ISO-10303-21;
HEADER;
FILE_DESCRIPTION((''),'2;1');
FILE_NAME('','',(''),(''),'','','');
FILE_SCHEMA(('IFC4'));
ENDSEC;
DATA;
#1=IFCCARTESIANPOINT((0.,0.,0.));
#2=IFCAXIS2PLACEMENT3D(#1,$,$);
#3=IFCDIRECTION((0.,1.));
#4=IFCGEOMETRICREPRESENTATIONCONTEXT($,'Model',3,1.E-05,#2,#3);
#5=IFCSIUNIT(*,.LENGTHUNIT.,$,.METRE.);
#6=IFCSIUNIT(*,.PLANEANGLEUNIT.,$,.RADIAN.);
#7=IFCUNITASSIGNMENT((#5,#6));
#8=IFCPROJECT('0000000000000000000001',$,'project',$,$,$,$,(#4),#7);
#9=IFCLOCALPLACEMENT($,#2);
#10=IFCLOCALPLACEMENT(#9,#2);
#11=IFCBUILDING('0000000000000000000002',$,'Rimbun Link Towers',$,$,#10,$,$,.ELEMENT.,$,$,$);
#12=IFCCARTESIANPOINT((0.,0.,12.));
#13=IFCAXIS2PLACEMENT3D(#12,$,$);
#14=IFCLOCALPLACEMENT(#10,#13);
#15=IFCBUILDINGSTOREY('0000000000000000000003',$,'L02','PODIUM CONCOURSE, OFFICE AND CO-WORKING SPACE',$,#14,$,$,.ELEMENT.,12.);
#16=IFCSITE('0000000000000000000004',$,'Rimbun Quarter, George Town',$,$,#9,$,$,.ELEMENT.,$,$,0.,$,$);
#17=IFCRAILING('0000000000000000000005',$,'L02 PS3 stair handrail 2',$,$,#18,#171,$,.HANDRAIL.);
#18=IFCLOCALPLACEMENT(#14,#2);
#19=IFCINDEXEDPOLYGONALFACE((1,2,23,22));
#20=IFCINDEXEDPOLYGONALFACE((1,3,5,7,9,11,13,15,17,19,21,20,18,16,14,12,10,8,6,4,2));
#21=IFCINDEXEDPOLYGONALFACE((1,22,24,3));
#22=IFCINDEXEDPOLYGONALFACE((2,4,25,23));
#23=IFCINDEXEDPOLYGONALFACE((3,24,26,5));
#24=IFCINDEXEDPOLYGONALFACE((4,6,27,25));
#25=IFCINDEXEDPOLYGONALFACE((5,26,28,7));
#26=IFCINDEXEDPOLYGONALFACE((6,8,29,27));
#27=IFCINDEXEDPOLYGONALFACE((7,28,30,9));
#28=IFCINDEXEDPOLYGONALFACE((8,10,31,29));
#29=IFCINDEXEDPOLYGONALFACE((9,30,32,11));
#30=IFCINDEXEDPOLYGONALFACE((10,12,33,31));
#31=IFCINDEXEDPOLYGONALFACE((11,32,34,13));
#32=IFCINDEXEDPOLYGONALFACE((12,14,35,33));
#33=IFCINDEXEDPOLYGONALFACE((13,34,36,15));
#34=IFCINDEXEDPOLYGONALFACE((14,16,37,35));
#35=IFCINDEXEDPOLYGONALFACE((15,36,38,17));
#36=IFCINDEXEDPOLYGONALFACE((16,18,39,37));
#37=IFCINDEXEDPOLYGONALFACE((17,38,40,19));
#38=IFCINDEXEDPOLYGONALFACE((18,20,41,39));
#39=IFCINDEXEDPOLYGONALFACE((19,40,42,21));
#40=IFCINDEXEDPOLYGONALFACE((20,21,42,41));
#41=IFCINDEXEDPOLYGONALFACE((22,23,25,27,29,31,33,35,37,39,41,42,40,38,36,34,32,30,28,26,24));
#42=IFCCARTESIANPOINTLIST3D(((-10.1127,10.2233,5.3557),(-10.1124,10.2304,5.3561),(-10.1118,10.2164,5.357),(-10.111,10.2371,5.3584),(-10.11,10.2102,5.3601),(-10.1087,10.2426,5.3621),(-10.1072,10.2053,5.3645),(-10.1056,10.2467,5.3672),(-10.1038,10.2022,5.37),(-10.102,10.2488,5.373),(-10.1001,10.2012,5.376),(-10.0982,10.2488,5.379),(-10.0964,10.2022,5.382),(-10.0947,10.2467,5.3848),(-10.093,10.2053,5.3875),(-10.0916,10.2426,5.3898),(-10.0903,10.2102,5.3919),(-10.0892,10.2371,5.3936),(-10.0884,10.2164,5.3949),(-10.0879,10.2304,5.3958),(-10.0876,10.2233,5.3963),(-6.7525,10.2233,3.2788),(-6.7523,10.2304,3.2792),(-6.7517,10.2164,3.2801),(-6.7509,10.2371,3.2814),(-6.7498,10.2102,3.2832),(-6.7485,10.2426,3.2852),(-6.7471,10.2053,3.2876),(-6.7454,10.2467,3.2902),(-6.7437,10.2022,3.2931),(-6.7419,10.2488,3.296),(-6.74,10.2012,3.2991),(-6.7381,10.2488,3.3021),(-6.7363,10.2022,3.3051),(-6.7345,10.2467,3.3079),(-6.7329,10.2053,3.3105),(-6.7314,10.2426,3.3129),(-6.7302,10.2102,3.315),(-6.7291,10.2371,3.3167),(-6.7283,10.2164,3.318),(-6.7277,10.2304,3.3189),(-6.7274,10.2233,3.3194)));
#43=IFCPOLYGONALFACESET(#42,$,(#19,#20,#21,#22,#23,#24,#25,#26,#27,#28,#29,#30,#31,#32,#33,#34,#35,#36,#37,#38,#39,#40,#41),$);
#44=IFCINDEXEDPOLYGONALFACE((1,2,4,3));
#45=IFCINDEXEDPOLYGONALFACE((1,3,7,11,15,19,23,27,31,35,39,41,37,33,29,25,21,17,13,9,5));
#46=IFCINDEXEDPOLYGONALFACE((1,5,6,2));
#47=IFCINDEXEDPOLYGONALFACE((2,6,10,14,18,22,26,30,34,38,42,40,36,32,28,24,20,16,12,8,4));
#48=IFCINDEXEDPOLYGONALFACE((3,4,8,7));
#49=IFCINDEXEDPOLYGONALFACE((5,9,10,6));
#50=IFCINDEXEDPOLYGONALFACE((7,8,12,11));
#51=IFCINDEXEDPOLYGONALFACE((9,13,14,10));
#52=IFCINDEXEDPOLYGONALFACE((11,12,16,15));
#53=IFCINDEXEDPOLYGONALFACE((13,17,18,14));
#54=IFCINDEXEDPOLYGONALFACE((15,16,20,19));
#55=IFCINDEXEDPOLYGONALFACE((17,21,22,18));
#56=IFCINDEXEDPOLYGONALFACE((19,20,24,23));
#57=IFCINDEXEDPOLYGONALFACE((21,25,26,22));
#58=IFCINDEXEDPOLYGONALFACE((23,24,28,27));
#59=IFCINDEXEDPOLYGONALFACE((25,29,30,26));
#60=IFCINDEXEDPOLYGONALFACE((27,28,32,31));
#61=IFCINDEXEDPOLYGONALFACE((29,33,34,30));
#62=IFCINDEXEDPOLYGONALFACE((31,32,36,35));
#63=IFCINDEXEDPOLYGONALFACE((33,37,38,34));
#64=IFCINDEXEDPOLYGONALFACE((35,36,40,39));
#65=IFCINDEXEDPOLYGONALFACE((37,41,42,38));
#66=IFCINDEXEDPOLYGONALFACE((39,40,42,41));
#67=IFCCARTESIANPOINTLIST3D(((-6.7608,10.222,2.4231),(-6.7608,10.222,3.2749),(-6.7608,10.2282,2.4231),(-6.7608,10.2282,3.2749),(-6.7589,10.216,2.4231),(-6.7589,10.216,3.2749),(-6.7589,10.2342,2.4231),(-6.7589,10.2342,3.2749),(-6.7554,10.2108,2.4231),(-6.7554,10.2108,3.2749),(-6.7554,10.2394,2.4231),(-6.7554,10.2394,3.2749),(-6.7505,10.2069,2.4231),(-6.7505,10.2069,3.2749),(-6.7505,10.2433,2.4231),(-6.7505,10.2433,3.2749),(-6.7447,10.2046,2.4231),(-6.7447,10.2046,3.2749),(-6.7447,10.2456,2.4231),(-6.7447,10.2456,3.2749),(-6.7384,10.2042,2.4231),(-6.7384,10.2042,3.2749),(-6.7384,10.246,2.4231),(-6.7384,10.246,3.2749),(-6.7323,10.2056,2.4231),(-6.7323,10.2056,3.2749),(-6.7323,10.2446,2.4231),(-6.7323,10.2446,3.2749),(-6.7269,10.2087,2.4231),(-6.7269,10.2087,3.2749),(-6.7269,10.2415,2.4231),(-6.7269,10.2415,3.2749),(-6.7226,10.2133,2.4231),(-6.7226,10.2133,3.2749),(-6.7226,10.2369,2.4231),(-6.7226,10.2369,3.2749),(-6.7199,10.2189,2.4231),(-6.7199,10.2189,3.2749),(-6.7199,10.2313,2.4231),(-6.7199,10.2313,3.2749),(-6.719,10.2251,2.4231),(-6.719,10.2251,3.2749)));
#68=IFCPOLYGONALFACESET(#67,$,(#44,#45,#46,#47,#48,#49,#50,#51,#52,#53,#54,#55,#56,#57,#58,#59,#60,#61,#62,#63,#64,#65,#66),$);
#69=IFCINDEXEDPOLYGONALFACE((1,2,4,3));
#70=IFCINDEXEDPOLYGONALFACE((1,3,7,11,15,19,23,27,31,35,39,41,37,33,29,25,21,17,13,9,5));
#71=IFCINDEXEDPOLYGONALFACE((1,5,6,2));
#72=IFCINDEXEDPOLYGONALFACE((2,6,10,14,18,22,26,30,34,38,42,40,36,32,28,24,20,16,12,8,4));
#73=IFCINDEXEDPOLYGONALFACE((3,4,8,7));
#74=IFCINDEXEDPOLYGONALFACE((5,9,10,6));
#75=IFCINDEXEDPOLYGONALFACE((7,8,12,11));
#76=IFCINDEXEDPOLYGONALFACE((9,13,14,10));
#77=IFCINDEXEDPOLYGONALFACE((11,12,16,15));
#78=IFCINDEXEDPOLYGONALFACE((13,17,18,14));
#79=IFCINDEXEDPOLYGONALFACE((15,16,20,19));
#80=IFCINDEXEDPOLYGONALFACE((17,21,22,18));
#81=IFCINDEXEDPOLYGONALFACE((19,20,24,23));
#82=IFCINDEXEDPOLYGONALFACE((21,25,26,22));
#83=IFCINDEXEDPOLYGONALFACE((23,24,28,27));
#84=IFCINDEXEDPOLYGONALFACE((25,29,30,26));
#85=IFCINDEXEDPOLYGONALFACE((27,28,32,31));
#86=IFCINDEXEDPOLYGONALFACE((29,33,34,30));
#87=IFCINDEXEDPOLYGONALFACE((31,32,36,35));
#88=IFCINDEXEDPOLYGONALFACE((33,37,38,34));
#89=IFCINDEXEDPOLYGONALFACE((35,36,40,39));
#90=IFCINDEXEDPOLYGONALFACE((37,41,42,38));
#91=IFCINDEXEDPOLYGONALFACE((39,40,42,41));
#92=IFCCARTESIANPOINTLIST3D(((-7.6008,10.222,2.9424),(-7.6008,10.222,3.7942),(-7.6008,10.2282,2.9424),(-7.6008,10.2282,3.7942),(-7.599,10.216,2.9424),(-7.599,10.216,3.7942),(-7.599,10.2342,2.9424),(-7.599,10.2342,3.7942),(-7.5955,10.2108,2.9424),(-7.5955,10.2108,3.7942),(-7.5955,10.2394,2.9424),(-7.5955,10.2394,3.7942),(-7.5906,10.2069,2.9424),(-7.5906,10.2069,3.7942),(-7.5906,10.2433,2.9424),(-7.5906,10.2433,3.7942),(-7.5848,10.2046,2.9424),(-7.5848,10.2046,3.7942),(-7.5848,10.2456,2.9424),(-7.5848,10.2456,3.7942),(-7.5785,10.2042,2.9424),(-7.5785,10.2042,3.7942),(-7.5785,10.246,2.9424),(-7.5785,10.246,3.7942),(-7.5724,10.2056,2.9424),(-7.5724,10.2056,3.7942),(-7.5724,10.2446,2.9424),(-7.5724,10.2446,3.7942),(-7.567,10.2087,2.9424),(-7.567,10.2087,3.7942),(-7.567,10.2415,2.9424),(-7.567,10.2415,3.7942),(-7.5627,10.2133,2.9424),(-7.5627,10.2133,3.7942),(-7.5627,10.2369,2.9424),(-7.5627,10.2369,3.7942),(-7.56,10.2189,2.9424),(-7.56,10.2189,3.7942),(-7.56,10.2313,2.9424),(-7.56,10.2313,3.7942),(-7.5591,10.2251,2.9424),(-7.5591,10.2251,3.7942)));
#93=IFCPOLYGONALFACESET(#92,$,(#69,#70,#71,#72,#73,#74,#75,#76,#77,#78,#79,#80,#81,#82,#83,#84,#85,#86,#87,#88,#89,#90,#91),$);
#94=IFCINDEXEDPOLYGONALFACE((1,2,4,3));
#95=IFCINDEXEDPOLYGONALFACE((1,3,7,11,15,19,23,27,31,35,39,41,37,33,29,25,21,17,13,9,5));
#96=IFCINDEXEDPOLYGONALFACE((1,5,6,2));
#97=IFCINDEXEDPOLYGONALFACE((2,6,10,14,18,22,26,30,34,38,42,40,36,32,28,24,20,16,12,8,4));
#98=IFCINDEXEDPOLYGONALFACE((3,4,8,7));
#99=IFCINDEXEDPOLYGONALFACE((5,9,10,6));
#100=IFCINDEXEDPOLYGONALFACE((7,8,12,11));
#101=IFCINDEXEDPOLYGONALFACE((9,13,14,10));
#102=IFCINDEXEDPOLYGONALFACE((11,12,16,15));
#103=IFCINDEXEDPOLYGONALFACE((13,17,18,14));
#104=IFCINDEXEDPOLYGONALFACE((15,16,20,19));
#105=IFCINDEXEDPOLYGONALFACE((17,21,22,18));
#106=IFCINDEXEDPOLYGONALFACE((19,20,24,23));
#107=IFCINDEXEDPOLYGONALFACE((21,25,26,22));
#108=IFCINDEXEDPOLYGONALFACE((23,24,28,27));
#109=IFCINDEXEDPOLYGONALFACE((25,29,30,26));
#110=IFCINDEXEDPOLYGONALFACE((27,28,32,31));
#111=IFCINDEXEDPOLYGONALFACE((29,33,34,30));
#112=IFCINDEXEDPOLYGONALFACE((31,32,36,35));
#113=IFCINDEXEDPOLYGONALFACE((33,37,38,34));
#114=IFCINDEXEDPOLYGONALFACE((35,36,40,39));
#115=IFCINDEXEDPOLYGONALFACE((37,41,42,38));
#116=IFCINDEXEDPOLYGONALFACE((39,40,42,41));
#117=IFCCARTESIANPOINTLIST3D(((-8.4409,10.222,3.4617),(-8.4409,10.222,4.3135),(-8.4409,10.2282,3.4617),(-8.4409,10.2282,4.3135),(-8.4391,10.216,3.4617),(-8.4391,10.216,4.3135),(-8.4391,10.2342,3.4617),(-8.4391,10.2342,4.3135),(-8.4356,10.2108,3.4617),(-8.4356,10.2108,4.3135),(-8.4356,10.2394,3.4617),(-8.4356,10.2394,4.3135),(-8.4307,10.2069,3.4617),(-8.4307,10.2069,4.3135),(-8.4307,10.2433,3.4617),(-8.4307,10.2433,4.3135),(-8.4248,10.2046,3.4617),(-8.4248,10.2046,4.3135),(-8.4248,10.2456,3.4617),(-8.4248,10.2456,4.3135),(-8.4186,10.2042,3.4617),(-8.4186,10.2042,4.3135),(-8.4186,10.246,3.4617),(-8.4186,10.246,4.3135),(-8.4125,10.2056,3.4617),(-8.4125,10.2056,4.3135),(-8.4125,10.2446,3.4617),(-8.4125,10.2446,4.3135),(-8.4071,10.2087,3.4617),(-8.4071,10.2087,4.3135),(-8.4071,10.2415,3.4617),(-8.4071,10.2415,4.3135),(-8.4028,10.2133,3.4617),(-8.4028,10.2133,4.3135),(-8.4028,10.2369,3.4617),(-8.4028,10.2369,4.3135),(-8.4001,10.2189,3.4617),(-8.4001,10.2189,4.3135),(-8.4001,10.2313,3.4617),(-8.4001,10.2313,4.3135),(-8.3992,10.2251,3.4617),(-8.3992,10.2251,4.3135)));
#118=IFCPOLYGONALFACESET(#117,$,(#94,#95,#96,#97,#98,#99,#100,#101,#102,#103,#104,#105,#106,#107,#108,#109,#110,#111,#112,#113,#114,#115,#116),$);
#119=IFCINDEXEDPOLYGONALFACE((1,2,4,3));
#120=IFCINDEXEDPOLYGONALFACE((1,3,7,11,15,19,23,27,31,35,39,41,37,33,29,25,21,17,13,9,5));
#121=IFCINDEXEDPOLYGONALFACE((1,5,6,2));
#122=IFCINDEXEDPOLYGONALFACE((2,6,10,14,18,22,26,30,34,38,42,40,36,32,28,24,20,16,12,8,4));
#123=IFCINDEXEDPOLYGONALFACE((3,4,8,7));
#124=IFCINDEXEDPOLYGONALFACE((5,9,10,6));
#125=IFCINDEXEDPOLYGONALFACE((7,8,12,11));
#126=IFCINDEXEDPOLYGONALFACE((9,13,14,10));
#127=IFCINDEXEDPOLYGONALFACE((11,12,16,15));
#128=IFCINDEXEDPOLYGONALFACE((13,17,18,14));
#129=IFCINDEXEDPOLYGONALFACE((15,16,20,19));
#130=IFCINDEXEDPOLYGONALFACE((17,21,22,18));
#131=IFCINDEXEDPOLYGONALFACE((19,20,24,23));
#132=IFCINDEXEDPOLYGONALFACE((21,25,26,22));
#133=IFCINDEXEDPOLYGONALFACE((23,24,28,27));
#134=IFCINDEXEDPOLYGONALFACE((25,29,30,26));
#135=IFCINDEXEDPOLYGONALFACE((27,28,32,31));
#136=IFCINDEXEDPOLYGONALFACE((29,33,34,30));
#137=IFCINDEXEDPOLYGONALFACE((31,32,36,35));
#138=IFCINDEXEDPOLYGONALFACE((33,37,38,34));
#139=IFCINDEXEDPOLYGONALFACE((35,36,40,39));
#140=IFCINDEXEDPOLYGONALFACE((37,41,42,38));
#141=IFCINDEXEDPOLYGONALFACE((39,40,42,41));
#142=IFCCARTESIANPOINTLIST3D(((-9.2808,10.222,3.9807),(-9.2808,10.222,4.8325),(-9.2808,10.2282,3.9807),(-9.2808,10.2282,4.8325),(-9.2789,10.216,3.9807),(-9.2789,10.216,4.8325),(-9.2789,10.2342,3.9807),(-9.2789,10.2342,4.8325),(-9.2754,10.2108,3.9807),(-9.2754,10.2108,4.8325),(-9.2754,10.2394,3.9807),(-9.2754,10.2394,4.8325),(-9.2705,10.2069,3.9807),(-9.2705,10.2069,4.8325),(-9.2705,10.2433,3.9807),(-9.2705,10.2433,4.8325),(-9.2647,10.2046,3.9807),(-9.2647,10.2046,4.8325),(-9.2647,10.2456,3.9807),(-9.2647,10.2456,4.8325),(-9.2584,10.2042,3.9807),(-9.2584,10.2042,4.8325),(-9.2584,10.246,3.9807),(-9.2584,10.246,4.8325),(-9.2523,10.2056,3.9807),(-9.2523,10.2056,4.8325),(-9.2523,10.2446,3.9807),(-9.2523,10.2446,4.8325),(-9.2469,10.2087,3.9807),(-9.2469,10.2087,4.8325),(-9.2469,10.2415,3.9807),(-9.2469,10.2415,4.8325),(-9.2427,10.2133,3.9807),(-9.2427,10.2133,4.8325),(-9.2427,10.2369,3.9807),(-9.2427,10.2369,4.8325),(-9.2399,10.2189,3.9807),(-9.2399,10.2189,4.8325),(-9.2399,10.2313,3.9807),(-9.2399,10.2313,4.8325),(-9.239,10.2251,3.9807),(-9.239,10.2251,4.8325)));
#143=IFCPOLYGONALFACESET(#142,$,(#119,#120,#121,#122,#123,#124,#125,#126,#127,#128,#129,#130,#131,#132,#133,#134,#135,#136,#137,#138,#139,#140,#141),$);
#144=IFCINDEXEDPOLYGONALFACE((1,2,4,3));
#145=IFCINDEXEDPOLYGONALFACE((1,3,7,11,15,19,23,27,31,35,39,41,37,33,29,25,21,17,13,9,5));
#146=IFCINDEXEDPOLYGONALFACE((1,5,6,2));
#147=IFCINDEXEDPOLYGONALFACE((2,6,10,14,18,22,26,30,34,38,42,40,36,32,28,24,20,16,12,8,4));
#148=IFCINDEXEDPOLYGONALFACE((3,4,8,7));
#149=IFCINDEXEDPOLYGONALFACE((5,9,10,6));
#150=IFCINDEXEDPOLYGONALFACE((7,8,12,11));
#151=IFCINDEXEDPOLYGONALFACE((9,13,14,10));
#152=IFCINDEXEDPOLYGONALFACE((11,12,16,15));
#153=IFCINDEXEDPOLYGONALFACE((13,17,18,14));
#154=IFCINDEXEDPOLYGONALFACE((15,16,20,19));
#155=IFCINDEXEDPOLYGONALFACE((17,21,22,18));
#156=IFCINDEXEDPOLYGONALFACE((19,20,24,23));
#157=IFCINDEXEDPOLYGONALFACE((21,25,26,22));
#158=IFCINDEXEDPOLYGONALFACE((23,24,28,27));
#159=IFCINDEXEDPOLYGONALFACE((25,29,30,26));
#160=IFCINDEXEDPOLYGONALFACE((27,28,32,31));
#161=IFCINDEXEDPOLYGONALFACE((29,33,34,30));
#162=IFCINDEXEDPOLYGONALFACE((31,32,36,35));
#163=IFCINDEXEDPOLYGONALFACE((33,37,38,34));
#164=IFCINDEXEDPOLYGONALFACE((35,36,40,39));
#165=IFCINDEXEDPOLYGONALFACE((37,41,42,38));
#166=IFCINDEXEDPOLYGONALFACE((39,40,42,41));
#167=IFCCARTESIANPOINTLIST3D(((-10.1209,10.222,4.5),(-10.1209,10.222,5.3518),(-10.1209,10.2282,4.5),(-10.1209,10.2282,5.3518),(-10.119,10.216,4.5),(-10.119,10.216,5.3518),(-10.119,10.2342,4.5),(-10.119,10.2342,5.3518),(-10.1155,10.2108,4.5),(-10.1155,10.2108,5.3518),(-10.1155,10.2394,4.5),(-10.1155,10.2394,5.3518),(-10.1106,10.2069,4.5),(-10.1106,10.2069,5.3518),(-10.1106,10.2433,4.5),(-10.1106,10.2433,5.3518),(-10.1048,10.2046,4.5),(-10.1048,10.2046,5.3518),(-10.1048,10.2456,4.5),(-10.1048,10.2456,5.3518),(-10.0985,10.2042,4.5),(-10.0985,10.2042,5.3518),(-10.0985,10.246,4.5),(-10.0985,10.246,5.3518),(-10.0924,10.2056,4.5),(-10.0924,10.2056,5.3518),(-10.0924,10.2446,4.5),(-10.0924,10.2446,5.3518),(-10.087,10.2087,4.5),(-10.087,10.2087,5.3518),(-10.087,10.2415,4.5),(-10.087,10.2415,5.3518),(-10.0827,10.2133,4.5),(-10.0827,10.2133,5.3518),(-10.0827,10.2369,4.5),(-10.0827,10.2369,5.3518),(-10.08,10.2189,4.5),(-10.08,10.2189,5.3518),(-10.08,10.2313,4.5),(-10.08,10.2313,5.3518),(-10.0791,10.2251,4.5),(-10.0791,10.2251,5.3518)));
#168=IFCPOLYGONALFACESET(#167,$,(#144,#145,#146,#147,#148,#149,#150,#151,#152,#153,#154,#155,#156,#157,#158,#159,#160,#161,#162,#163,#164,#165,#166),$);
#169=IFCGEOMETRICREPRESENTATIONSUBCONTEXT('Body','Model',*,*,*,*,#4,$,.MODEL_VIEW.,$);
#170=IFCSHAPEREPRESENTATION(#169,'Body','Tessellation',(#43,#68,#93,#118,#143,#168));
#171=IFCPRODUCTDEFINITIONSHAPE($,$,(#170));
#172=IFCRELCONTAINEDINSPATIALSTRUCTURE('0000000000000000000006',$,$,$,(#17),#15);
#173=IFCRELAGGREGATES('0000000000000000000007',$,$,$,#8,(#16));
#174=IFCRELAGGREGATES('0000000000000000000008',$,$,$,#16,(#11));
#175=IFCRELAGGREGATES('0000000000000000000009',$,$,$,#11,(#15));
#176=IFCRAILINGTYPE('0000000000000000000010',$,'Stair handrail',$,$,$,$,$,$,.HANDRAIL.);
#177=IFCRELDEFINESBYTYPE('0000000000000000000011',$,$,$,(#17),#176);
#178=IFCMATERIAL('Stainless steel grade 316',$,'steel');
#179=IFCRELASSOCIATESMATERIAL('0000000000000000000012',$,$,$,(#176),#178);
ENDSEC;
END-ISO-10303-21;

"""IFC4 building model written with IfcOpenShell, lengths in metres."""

from ifc_helpers import new_model, si_unit, direction, frame, origin, origin_2d, place, context, subcontext, project, spatial, circle, extrude, material, type_object, element, save


model = new_model("IFC4")

# Units and contexts
model_context = context("Model", 3, precision=1e-05, world=origin(), true_north=direction((0.0, 1.0)))
body_context = subcontext(model_context, "Body", "Model", "MODEL_VIEW")
ifc_project = project(units=[si_unit("LENGTHUNIT", "METRE"), si_unit("PLANEANGLEUNIT", "RADIAN")], contexts=[model_context])

# Site, building, storey
site_placement = place(None, origin())
site = spatial("IfcSite", under=ifc_project, at=site_placement, Name="Rimbun Quarter, George Town", CompositionType="ELEMENT", RefElevation=0.0)
building_placement = place(site_placement, origin())
building = spatial("IfcBuilding", under=site, at=building_placement, Name="Rimbun Link Towers", CompositionType="ELEMENT")
storey_placement = place(building_placement, frame((0.0, 0.0, 12.0)))
storey = spatial("IfcBuildingStorey", under=building, at=storey_placement, Name="L02", Description="PODIUM CONCOURSE, OFFICE AND CO-WORKING SPACE", CompositionType="ELEMENT", Elevation=12.0)

# Railing
ifc_material_1 = material(Name="Stainless steel grade 316", Category="steel")
railing_type_1 = type_object("IfcRailingType", Name="Stair handrail", PredefinedType="HANDRAIL", material=ifc_material_1)
railing_1_placement = place(storey_placement, frame((-6.74, 10.2251, 2.4231)))
element("IfcRailing", 1, at=railing_1_placement, inside=storey, type_object=railing_type_1, Name="L02 PS3 stair handrail 2", PredefinedType="HANDRAIL", context=body_context, shape_type="SweptSolid", body=[
    extrude(circle(Radius=0.0239, at=origin_2d()), frame((0.0, 0.0, 0.876), z_axis=(-0.850623, 0.0, 0.525776), x_axis=(0.0, -1.0, 0.0)), (0.0, 0.0, 1.0), 3.9502),
    extrude(circle(Radius=0.021, at=origin_2d()), origin(), (0.0, 0.0, 1.0), 0.8518),
    extrude(circle(Radius=0.021, at=origin_2d()), frame((-0.8401, 0.0, 0.5193)), (0.0, 0.0, 1.0), 0.8518),
    extrude(circle(Radius=0.021, at=origin_2d()), frame((-1.6802, 0.0, 1.0386)), (0.0, 0.0, 1.0), 0.8518),
    extrude(circle(Radius=0.021, at=origin_2d()), frame((-2.52, 0.0, 1.5576)), (0.0, 0.0, 1.0), 0.8518),
    extrude(circle(Radius=0.021, at=origin_2d()), frame((-3.3601, 0.0, 2.0769)), (0.0, 0.0, 1.0), 0.8518),
])

save(model, "model.ifc")
